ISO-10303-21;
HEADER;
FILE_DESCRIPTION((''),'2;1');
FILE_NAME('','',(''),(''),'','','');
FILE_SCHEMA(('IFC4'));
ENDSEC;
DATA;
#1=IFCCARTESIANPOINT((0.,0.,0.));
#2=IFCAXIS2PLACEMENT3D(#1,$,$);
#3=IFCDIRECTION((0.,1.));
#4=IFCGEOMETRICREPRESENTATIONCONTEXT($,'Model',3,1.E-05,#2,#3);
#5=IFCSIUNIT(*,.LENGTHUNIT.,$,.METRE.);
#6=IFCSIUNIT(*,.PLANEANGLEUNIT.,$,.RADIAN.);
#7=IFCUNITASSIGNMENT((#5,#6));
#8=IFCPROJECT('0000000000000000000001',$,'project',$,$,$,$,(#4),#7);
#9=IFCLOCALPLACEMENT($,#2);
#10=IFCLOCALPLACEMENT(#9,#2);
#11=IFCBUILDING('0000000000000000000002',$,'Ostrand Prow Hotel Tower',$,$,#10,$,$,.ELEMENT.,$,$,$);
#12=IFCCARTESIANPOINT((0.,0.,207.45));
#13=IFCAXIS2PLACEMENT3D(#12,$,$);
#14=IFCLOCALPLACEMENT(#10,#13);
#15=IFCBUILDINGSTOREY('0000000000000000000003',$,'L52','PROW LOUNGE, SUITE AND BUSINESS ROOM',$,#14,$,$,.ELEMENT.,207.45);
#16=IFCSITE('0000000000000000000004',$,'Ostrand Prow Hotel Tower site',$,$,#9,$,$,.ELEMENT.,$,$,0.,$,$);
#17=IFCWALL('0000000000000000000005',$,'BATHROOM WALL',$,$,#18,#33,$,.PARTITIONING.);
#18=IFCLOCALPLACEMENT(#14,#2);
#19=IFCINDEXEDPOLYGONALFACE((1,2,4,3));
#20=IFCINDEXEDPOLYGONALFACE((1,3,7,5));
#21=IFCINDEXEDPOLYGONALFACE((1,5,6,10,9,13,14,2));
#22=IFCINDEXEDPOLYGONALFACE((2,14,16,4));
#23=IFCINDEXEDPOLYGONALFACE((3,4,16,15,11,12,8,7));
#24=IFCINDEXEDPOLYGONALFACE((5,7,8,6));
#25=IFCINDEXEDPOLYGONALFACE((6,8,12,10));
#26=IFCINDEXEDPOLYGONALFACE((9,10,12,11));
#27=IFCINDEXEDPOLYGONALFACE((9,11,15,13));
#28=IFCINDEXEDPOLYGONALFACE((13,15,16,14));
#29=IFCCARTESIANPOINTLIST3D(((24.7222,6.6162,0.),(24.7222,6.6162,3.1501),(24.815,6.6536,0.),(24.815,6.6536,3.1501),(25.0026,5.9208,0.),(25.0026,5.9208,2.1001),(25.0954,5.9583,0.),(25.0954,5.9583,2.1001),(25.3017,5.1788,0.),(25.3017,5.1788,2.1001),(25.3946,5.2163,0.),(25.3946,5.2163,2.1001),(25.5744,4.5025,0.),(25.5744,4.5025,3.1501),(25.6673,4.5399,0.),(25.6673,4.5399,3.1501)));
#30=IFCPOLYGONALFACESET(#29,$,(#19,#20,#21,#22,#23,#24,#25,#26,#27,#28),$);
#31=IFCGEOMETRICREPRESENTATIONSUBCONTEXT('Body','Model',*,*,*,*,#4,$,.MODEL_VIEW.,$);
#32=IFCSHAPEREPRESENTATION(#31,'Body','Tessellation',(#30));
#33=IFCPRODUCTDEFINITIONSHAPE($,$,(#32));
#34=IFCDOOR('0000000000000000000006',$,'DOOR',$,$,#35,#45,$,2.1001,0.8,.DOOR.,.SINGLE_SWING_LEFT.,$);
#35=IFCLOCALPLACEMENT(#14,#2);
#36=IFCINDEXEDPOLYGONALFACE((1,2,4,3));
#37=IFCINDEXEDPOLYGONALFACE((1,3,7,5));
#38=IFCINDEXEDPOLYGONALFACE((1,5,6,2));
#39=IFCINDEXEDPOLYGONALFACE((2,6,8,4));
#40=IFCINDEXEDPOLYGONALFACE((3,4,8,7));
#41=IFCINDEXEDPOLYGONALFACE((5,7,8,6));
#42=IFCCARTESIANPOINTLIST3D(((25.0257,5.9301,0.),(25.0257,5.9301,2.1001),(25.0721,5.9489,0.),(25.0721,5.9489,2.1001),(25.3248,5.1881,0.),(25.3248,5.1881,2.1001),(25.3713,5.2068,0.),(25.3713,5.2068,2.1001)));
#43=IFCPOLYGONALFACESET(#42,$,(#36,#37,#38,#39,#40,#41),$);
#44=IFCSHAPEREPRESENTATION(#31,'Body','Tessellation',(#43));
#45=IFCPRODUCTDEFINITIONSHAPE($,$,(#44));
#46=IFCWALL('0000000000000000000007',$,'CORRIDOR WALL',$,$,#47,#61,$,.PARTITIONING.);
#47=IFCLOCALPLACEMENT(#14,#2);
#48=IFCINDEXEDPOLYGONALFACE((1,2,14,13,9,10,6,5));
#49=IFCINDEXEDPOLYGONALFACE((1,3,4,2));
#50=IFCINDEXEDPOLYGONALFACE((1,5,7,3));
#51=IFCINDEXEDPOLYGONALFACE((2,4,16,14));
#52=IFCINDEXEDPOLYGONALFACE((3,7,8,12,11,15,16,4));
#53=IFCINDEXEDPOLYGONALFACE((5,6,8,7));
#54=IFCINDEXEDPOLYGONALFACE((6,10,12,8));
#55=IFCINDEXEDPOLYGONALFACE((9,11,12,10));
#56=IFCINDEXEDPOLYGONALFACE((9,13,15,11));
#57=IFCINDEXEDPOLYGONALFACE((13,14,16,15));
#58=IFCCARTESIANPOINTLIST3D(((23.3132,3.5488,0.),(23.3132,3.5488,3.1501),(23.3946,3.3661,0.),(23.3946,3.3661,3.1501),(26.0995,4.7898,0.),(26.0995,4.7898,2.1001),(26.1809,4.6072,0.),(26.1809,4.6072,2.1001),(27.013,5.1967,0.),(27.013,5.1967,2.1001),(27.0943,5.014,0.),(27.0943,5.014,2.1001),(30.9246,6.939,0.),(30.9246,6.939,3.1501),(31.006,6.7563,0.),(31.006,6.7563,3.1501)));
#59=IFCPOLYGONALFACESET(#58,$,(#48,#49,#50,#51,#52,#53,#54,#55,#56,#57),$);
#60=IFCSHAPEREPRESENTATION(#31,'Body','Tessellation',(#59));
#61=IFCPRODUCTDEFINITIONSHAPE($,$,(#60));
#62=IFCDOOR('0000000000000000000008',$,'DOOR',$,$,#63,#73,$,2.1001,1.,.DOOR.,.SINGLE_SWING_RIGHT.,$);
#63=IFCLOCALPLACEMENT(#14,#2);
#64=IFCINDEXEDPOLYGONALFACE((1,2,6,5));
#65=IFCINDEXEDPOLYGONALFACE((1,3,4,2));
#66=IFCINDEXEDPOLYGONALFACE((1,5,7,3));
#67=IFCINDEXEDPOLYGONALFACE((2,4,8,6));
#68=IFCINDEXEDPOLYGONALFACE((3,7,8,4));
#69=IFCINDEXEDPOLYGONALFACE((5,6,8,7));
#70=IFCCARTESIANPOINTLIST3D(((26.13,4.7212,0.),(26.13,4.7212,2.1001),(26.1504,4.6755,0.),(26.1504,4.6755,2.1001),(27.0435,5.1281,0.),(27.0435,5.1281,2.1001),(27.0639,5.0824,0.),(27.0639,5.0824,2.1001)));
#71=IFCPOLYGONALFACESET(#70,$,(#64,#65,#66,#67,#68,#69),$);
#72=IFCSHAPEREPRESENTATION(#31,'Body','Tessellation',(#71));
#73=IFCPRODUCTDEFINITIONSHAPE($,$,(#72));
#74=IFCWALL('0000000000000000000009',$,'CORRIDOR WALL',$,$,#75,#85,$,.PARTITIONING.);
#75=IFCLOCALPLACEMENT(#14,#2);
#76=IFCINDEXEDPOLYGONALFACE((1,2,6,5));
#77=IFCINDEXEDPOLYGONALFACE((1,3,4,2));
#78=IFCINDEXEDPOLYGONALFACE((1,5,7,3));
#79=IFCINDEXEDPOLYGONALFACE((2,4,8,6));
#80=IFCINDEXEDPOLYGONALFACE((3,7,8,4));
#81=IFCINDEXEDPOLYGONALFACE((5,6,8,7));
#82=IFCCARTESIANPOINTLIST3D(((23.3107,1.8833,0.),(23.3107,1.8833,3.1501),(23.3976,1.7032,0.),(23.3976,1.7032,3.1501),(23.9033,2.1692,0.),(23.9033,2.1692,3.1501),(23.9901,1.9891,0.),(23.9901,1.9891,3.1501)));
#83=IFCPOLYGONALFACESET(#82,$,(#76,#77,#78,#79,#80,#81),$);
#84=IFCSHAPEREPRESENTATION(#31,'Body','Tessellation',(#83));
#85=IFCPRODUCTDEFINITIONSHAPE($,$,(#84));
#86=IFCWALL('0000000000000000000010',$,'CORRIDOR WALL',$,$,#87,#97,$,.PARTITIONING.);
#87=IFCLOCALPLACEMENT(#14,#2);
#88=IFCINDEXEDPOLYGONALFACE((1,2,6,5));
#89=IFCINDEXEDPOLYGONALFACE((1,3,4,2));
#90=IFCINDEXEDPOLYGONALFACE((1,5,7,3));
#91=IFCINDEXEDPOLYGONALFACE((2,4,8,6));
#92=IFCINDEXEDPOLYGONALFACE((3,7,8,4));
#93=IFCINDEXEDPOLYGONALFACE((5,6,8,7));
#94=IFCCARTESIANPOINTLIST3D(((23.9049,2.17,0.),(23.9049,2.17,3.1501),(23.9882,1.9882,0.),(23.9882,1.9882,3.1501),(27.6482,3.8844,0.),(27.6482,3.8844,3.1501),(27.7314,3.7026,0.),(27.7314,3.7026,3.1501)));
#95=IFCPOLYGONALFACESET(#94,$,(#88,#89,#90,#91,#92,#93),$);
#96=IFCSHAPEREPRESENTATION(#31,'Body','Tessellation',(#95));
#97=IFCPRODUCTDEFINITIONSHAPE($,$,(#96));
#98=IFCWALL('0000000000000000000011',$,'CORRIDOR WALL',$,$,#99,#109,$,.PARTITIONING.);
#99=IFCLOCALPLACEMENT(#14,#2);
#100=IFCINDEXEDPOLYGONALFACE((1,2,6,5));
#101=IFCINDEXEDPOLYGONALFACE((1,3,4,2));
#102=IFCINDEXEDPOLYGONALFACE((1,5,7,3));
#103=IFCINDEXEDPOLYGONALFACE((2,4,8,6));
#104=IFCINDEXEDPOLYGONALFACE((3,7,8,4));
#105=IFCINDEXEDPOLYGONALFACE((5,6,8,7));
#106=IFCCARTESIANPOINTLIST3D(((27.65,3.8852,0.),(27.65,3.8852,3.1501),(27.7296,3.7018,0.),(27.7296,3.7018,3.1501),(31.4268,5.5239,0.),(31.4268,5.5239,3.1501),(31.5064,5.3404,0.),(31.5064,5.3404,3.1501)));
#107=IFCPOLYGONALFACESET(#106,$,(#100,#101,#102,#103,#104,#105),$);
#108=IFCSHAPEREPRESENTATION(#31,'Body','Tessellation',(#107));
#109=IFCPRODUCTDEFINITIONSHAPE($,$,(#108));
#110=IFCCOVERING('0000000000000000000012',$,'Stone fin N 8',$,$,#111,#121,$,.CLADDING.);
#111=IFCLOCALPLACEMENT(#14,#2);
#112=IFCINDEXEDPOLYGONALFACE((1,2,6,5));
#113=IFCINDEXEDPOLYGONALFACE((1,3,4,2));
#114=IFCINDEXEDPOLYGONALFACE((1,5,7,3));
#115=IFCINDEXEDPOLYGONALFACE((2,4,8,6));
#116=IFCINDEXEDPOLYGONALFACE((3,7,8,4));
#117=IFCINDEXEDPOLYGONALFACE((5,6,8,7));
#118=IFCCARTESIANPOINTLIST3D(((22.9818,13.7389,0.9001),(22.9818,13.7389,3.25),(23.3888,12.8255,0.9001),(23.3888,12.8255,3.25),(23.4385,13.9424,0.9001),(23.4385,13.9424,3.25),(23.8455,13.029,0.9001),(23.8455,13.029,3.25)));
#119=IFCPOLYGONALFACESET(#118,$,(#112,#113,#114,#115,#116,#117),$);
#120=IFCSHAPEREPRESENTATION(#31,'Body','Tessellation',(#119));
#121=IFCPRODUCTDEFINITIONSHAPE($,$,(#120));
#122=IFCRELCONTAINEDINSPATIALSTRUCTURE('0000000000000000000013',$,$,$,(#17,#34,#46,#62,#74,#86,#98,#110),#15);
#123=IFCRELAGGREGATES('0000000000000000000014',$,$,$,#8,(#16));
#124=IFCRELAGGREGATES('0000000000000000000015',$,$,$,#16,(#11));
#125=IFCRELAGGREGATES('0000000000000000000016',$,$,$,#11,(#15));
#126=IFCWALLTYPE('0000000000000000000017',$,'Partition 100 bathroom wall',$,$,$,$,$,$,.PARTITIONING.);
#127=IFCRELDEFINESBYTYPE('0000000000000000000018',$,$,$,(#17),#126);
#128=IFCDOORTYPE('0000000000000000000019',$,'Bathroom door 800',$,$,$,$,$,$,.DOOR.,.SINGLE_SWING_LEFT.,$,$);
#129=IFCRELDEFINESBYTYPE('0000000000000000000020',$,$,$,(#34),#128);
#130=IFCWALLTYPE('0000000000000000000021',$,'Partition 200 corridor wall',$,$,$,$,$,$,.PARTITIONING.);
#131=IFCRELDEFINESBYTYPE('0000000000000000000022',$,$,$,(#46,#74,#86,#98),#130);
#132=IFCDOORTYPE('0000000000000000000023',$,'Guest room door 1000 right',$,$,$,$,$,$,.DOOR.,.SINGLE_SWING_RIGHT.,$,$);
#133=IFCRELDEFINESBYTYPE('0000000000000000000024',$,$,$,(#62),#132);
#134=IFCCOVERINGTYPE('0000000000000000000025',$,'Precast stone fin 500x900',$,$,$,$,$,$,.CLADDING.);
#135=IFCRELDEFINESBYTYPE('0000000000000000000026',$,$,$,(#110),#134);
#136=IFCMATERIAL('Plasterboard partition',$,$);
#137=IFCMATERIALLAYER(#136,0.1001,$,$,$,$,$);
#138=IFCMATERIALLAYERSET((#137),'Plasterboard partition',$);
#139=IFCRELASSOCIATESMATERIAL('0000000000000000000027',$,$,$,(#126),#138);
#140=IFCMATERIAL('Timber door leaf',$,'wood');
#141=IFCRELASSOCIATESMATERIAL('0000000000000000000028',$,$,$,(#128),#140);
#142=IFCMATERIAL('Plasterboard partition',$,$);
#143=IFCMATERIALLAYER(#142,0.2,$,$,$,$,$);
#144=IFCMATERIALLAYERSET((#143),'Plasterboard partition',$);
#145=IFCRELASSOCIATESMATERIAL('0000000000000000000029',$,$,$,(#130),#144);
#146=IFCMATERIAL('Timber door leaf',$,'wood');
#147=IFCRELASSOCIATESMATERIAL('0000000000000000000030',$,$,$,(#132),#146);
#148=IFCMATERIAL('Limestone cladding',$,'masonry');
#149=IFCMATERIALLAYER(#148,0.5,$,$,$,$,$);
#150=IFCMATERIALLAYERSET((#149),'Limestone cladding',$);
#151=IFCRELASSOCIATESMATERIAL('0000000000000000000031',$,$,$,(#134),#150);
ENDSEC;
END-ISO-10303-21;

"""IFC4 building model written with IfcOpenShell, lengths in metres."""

from ifc_helpers import new_model, si_unit, direction, frame, frame_2d, origin, place, context, subcontext, project, spatial, rectangle, extrude, material, layer, layer_set, type_object, element, fill, save


model = new_model("IFC4")

# Units and contexts
model_context = context("Model", 3, precision=1e-05, world=origin(), true_north=direction((0.0, 1.0)))
body_context = subcontext(model_context, "Body", "Model", "MODEL_VIEW")
ifc_project = project(units=[si_unit("LENGTHUNIT", "METRE"), si_unit("PLANEANGLEUNIT", "RADIAN")], contexts=[model_context])

# Site, building, storey
site_placement = place(None, origin())
site = spatial("IfcSite", under=ifc_project, at=site_placement, Name="Ostrand Prow Hotel Tower site", CompositionType="ELEMENT", RefElevation=0.0)
building_placement = place(site_placement, origin())
building = spatial("IfcBuilding", under=site, at=building_placement, Name="Ostrand Prow Hotel Tower", CompositionType="ELEMENT")
storey_placement = place(building_placement, frame((0.0, 0.0, 207.45)))
storey = spatial("IfcBuildingStorey", under=building, at=storey_placement, Name="L52", Description="PROW LOUNGE, SUITE AND BUSINESS ROOM", CompositionType="ELEMENT", Elevation=207.45)

# Shared definitions
ifc_material_1 = material(Name="Plasterboard partition")
ifc_layer_1 = layer(ifc_material_1, 0.1001)
ifc_layer_set_1 = layer_set([ifc_layer_1], Name="Plasterboard partition")
wall_type_1 = type_object("IfcWallType", Name="Partition 100 bathroom wall", PredefinedType="PARTITIONING", material=ifc_layer_set_1)

# Walls, openings, doors
wall_1_placement = place(storey_placement, frame((24.7686, 6.635, 0.0), z_axis=(0.0, 0.0, 1.0), x_axis=(0.373956, -0.927446, 0.0)))
wall_1 = element("IfcWall", 1, at=wall_1_placement, inside=storey, type_object=wall_type_1, Name="BATHROOM WALL", PredefinedType="PARTITIONING", context=body_context, shape_type="SweptSolid", body=[
    extrude(rectangle(XDim=2.2791, YDim=0.1001, at=frame_2d((1.1396, 0.0))), origin(), (0.0, 0.0, 1.0), 3.1501),
])
opening_1_placement = place(wall_1_placement, frame((0.75, 0.0, 0.0)))
opening_1 = element("IfcOpeningElement", 2, at=opening_1_placement, cuts=wall_1, PredefinedType="OPENING", context=body_context, shape_type="SweptSolid", body=[
    extrude(rectangle(XDim=0.8, YDim=2.1001, at=frame_2d((0.3999, 1.05))), frame((0.0, 0.0601, 0.0), z_axis=(0.0, -1.0, 0.0), x_axis=(1.0, 0.0, 0.0)), (0.0, 0.0, 1.0), 0.1201),
])
ifc_material_2 = material(Name="Timber door leaf", Category="wood")
door_type_1 = type_object("IfcDoorType", Name="Bathroom door 800", OperationType="SINGLE_SWING_LEFT", PredefinedType="DOOR", material=ifc_material_2)
door_1_placement = place(opening_1_placement, origin())
door_1 = element("IfcDoor", 3, at=door_1_placement, inside=storey, type_object=door_type_1, Name="DOOR", OperationType="SINGLE_SWING_LEFT", OverallHeight=2.1001, OverallWidth=0.8, PredefinedType="DOOR", context=body_context, shape_type="SweptSolid", body=[
    extrude(rectangle(XDim=0.8, YDim=2.1001, at=frame_2d((0.3999, 1.05))), frame((0.0, 0.0249, 0.0), z_axis=(0.0, -1.0, 0.0), x_axis=(1.0, 0.0, 0.0)), (0.0, 0.0, 1.0), 0.05),
])
fill(opening_1, door_1)
ifc_material_3 = material(Name="Plasterboard partition")
ifc_layer_2 = layer(ifc_material_3, 0.2)
ifc_layer_set_2 = layer_set([ifc_layer_2], Name="Plasterboard partition")
wall_type_2 = type_object("IfcWallType", Name="Partition 200 corridor wall", PredefinedType="PARTITIONING", material=ifc_layer_set_2)
wall_2_placement = place(storey_placement, frame((23.354, 3.4575, 0.0), z_axis=(0.0, 0.0, 1.0), x_axis=(0.913485, 0.406872, 0.0)))
wall_2 = element("IfcWall", 4, at=wall_2_placement, inside=storey, type_object=wall_type_2, Name="CORRIDOR WALL", PredefinedType="PARTITIONING", context=body_context, shape_type="SweptSolid", body=[
    extrude(rectangle(XDim=8.3323, YDim=0.2, at=frame_2d((4.166, 0.0))), origin(), (0.0, 0.0, 1.0), 3.1501),
])
opening_2_placement = place(wall_2_placement, frame((3.05, 0.0, 0.0)))
opening_2 = element("IfcOpeningElement", 5, at=opening_2_placement, cuts=wall_2, PredefinedType="OPENING", context=body_context, shape_type="SweptSolid", body=[
    extrude(rectangle(XDim=1.0, YDim=2.1001, at=frame_2d((0.5, 1.05))), frame((0.0, 0.1099, 0.0), z_axis=(0.0, -1.0, 0.0), x_axis=(1.0, 0.0, 0.0)), (0.0, 0.0, 1.0), 0.22),
])
ifc_material_4 = material(Name="Timber door leaf", Category="wood")
door_type_2 = type_object("IfcDoorType", Name="Guest room door 1000 right", OperationType="SINGLE_SWING_RIGHT", PredefinedType="DOOR", material=ifc_material_4)
door_2_placement = place(opening_2_placement, origin())
door_2 = element("IfcDoor", 6, at=door_2_placement, inside=storey, type_object=door_type_2, Name="DOOR", OperationType="SINGLE_SWING_RIGHT", OverallHeight=2.1001, OverallWidth=1.0, PredefinedType="DOOR", context=body_context, shape_type="SweptSolid", body=[
    extrude(rectangle(XDim=1.0, YDim=2.1001, at=frame_2d((0.5, 1.05))), frame((0.0, 0.0249, 0.0), z_axis=(0.0, -1.0, 0.0), x_axis=(1.0, 0.0, 0.0)), (0.0, 0.0, 1.0), 0.05),
])
fill(opening_2, door_2)

# Walls
wall_3_placement = place(storey_placement, frame((23.354, 1.7932, 0.0), z_axis=(0.0, 0.0, 1.0), x_axis=(0.900647, 0.434552, 0.0)))
element("IfcWall", 7, at=wall_3_placement, inside=storey, type_object=wall_type_2, Name="CORRIDOR WALL", PredefinedType="PARTITIONING", context=body_context, shape_type="SweptSolid", body=[
    extrude(rectangle(XDim=0.658, YDim=0.2, at=frame_2d((0.3291, 0.0))), origin(), (0.0, 0.0, 1.0), 3.1501),
])
wall_4_placement = place(storey_placement, frame((23.9465, 2.0791, 0.0), z_axis=(0.0, 0.0, 1.0), x_axis=(0.909181, 0.416402, 0.0)))
element("IfcWall", 8, at=wall_4_placement, inside=storey, type_object=wall_type_2, Name="CORRIDOR WALL", PredefinedType="PARTITIONING", context=body_context, shape_type="SweptSolid", body=[
    extrude(rectangle(XDim=4.1172, YDim=0.2, at=frame_2d((2.0586, 0.0))), origin(), (0.0, 0.0, 1.0), 3.1501),
])
wall_5_placement = place(storey_placement, frame((27.6897, 3.7935, 0.0), z_axis=(0.0, 0.0, 1.0), x_axis=(0.917375, 0.398023, 0.0)))
element("IfcWall", 9, at=wall_5_placement, inside=storey, type_object=wall_type_2, Name="CORRIDOR WALL", PredefinedType="PARTITIONING", context=body_context, shape_type="SweptSolid", body=[
    extrude(rectangle(XDim=4.1169, YDim=0.2, at=frame_2d((2.0586, 0.0))), origin(), (0.0, 0.0, 1.0), 3.1501),
])

# Covering
ifc_material_5 = material(Name="Limestone cladding", Category="masonry")
ifc_layer_3 = layer(ifc_material_5, 0.5)
ifc_layer_set_3 = layer_set([ifc_layer_3], Name="Limestone cladding")
covering_type = type_object("IfcCoveringType", Name="Precast stone fin 500x900", PredefinedType="CLADDING", material=ifc_layer_set_3)
covering_placement = place(storey_placement, frame((23.6172, 12.9272, 0.9001), z_axis=(0.0, 0.0, 1.0), x_axis=(-0.407022, 0.913418, 0.0)))
element("IfcCovering", 10, at=covering_placement, inside=storey, type_object=covering_type, Name="Stone fin N 8", PredefinedType="CLADDING", context=body_context, shape_type="SweptSolid", body=[
    extrude(rectangle(XDim=1.0, YDim=0.5, at=frame_2d((0.5, 0.0))), origin(), (0.0, 0.0, 1.0), 2.3499),
])

save(model, "model.ifc")
